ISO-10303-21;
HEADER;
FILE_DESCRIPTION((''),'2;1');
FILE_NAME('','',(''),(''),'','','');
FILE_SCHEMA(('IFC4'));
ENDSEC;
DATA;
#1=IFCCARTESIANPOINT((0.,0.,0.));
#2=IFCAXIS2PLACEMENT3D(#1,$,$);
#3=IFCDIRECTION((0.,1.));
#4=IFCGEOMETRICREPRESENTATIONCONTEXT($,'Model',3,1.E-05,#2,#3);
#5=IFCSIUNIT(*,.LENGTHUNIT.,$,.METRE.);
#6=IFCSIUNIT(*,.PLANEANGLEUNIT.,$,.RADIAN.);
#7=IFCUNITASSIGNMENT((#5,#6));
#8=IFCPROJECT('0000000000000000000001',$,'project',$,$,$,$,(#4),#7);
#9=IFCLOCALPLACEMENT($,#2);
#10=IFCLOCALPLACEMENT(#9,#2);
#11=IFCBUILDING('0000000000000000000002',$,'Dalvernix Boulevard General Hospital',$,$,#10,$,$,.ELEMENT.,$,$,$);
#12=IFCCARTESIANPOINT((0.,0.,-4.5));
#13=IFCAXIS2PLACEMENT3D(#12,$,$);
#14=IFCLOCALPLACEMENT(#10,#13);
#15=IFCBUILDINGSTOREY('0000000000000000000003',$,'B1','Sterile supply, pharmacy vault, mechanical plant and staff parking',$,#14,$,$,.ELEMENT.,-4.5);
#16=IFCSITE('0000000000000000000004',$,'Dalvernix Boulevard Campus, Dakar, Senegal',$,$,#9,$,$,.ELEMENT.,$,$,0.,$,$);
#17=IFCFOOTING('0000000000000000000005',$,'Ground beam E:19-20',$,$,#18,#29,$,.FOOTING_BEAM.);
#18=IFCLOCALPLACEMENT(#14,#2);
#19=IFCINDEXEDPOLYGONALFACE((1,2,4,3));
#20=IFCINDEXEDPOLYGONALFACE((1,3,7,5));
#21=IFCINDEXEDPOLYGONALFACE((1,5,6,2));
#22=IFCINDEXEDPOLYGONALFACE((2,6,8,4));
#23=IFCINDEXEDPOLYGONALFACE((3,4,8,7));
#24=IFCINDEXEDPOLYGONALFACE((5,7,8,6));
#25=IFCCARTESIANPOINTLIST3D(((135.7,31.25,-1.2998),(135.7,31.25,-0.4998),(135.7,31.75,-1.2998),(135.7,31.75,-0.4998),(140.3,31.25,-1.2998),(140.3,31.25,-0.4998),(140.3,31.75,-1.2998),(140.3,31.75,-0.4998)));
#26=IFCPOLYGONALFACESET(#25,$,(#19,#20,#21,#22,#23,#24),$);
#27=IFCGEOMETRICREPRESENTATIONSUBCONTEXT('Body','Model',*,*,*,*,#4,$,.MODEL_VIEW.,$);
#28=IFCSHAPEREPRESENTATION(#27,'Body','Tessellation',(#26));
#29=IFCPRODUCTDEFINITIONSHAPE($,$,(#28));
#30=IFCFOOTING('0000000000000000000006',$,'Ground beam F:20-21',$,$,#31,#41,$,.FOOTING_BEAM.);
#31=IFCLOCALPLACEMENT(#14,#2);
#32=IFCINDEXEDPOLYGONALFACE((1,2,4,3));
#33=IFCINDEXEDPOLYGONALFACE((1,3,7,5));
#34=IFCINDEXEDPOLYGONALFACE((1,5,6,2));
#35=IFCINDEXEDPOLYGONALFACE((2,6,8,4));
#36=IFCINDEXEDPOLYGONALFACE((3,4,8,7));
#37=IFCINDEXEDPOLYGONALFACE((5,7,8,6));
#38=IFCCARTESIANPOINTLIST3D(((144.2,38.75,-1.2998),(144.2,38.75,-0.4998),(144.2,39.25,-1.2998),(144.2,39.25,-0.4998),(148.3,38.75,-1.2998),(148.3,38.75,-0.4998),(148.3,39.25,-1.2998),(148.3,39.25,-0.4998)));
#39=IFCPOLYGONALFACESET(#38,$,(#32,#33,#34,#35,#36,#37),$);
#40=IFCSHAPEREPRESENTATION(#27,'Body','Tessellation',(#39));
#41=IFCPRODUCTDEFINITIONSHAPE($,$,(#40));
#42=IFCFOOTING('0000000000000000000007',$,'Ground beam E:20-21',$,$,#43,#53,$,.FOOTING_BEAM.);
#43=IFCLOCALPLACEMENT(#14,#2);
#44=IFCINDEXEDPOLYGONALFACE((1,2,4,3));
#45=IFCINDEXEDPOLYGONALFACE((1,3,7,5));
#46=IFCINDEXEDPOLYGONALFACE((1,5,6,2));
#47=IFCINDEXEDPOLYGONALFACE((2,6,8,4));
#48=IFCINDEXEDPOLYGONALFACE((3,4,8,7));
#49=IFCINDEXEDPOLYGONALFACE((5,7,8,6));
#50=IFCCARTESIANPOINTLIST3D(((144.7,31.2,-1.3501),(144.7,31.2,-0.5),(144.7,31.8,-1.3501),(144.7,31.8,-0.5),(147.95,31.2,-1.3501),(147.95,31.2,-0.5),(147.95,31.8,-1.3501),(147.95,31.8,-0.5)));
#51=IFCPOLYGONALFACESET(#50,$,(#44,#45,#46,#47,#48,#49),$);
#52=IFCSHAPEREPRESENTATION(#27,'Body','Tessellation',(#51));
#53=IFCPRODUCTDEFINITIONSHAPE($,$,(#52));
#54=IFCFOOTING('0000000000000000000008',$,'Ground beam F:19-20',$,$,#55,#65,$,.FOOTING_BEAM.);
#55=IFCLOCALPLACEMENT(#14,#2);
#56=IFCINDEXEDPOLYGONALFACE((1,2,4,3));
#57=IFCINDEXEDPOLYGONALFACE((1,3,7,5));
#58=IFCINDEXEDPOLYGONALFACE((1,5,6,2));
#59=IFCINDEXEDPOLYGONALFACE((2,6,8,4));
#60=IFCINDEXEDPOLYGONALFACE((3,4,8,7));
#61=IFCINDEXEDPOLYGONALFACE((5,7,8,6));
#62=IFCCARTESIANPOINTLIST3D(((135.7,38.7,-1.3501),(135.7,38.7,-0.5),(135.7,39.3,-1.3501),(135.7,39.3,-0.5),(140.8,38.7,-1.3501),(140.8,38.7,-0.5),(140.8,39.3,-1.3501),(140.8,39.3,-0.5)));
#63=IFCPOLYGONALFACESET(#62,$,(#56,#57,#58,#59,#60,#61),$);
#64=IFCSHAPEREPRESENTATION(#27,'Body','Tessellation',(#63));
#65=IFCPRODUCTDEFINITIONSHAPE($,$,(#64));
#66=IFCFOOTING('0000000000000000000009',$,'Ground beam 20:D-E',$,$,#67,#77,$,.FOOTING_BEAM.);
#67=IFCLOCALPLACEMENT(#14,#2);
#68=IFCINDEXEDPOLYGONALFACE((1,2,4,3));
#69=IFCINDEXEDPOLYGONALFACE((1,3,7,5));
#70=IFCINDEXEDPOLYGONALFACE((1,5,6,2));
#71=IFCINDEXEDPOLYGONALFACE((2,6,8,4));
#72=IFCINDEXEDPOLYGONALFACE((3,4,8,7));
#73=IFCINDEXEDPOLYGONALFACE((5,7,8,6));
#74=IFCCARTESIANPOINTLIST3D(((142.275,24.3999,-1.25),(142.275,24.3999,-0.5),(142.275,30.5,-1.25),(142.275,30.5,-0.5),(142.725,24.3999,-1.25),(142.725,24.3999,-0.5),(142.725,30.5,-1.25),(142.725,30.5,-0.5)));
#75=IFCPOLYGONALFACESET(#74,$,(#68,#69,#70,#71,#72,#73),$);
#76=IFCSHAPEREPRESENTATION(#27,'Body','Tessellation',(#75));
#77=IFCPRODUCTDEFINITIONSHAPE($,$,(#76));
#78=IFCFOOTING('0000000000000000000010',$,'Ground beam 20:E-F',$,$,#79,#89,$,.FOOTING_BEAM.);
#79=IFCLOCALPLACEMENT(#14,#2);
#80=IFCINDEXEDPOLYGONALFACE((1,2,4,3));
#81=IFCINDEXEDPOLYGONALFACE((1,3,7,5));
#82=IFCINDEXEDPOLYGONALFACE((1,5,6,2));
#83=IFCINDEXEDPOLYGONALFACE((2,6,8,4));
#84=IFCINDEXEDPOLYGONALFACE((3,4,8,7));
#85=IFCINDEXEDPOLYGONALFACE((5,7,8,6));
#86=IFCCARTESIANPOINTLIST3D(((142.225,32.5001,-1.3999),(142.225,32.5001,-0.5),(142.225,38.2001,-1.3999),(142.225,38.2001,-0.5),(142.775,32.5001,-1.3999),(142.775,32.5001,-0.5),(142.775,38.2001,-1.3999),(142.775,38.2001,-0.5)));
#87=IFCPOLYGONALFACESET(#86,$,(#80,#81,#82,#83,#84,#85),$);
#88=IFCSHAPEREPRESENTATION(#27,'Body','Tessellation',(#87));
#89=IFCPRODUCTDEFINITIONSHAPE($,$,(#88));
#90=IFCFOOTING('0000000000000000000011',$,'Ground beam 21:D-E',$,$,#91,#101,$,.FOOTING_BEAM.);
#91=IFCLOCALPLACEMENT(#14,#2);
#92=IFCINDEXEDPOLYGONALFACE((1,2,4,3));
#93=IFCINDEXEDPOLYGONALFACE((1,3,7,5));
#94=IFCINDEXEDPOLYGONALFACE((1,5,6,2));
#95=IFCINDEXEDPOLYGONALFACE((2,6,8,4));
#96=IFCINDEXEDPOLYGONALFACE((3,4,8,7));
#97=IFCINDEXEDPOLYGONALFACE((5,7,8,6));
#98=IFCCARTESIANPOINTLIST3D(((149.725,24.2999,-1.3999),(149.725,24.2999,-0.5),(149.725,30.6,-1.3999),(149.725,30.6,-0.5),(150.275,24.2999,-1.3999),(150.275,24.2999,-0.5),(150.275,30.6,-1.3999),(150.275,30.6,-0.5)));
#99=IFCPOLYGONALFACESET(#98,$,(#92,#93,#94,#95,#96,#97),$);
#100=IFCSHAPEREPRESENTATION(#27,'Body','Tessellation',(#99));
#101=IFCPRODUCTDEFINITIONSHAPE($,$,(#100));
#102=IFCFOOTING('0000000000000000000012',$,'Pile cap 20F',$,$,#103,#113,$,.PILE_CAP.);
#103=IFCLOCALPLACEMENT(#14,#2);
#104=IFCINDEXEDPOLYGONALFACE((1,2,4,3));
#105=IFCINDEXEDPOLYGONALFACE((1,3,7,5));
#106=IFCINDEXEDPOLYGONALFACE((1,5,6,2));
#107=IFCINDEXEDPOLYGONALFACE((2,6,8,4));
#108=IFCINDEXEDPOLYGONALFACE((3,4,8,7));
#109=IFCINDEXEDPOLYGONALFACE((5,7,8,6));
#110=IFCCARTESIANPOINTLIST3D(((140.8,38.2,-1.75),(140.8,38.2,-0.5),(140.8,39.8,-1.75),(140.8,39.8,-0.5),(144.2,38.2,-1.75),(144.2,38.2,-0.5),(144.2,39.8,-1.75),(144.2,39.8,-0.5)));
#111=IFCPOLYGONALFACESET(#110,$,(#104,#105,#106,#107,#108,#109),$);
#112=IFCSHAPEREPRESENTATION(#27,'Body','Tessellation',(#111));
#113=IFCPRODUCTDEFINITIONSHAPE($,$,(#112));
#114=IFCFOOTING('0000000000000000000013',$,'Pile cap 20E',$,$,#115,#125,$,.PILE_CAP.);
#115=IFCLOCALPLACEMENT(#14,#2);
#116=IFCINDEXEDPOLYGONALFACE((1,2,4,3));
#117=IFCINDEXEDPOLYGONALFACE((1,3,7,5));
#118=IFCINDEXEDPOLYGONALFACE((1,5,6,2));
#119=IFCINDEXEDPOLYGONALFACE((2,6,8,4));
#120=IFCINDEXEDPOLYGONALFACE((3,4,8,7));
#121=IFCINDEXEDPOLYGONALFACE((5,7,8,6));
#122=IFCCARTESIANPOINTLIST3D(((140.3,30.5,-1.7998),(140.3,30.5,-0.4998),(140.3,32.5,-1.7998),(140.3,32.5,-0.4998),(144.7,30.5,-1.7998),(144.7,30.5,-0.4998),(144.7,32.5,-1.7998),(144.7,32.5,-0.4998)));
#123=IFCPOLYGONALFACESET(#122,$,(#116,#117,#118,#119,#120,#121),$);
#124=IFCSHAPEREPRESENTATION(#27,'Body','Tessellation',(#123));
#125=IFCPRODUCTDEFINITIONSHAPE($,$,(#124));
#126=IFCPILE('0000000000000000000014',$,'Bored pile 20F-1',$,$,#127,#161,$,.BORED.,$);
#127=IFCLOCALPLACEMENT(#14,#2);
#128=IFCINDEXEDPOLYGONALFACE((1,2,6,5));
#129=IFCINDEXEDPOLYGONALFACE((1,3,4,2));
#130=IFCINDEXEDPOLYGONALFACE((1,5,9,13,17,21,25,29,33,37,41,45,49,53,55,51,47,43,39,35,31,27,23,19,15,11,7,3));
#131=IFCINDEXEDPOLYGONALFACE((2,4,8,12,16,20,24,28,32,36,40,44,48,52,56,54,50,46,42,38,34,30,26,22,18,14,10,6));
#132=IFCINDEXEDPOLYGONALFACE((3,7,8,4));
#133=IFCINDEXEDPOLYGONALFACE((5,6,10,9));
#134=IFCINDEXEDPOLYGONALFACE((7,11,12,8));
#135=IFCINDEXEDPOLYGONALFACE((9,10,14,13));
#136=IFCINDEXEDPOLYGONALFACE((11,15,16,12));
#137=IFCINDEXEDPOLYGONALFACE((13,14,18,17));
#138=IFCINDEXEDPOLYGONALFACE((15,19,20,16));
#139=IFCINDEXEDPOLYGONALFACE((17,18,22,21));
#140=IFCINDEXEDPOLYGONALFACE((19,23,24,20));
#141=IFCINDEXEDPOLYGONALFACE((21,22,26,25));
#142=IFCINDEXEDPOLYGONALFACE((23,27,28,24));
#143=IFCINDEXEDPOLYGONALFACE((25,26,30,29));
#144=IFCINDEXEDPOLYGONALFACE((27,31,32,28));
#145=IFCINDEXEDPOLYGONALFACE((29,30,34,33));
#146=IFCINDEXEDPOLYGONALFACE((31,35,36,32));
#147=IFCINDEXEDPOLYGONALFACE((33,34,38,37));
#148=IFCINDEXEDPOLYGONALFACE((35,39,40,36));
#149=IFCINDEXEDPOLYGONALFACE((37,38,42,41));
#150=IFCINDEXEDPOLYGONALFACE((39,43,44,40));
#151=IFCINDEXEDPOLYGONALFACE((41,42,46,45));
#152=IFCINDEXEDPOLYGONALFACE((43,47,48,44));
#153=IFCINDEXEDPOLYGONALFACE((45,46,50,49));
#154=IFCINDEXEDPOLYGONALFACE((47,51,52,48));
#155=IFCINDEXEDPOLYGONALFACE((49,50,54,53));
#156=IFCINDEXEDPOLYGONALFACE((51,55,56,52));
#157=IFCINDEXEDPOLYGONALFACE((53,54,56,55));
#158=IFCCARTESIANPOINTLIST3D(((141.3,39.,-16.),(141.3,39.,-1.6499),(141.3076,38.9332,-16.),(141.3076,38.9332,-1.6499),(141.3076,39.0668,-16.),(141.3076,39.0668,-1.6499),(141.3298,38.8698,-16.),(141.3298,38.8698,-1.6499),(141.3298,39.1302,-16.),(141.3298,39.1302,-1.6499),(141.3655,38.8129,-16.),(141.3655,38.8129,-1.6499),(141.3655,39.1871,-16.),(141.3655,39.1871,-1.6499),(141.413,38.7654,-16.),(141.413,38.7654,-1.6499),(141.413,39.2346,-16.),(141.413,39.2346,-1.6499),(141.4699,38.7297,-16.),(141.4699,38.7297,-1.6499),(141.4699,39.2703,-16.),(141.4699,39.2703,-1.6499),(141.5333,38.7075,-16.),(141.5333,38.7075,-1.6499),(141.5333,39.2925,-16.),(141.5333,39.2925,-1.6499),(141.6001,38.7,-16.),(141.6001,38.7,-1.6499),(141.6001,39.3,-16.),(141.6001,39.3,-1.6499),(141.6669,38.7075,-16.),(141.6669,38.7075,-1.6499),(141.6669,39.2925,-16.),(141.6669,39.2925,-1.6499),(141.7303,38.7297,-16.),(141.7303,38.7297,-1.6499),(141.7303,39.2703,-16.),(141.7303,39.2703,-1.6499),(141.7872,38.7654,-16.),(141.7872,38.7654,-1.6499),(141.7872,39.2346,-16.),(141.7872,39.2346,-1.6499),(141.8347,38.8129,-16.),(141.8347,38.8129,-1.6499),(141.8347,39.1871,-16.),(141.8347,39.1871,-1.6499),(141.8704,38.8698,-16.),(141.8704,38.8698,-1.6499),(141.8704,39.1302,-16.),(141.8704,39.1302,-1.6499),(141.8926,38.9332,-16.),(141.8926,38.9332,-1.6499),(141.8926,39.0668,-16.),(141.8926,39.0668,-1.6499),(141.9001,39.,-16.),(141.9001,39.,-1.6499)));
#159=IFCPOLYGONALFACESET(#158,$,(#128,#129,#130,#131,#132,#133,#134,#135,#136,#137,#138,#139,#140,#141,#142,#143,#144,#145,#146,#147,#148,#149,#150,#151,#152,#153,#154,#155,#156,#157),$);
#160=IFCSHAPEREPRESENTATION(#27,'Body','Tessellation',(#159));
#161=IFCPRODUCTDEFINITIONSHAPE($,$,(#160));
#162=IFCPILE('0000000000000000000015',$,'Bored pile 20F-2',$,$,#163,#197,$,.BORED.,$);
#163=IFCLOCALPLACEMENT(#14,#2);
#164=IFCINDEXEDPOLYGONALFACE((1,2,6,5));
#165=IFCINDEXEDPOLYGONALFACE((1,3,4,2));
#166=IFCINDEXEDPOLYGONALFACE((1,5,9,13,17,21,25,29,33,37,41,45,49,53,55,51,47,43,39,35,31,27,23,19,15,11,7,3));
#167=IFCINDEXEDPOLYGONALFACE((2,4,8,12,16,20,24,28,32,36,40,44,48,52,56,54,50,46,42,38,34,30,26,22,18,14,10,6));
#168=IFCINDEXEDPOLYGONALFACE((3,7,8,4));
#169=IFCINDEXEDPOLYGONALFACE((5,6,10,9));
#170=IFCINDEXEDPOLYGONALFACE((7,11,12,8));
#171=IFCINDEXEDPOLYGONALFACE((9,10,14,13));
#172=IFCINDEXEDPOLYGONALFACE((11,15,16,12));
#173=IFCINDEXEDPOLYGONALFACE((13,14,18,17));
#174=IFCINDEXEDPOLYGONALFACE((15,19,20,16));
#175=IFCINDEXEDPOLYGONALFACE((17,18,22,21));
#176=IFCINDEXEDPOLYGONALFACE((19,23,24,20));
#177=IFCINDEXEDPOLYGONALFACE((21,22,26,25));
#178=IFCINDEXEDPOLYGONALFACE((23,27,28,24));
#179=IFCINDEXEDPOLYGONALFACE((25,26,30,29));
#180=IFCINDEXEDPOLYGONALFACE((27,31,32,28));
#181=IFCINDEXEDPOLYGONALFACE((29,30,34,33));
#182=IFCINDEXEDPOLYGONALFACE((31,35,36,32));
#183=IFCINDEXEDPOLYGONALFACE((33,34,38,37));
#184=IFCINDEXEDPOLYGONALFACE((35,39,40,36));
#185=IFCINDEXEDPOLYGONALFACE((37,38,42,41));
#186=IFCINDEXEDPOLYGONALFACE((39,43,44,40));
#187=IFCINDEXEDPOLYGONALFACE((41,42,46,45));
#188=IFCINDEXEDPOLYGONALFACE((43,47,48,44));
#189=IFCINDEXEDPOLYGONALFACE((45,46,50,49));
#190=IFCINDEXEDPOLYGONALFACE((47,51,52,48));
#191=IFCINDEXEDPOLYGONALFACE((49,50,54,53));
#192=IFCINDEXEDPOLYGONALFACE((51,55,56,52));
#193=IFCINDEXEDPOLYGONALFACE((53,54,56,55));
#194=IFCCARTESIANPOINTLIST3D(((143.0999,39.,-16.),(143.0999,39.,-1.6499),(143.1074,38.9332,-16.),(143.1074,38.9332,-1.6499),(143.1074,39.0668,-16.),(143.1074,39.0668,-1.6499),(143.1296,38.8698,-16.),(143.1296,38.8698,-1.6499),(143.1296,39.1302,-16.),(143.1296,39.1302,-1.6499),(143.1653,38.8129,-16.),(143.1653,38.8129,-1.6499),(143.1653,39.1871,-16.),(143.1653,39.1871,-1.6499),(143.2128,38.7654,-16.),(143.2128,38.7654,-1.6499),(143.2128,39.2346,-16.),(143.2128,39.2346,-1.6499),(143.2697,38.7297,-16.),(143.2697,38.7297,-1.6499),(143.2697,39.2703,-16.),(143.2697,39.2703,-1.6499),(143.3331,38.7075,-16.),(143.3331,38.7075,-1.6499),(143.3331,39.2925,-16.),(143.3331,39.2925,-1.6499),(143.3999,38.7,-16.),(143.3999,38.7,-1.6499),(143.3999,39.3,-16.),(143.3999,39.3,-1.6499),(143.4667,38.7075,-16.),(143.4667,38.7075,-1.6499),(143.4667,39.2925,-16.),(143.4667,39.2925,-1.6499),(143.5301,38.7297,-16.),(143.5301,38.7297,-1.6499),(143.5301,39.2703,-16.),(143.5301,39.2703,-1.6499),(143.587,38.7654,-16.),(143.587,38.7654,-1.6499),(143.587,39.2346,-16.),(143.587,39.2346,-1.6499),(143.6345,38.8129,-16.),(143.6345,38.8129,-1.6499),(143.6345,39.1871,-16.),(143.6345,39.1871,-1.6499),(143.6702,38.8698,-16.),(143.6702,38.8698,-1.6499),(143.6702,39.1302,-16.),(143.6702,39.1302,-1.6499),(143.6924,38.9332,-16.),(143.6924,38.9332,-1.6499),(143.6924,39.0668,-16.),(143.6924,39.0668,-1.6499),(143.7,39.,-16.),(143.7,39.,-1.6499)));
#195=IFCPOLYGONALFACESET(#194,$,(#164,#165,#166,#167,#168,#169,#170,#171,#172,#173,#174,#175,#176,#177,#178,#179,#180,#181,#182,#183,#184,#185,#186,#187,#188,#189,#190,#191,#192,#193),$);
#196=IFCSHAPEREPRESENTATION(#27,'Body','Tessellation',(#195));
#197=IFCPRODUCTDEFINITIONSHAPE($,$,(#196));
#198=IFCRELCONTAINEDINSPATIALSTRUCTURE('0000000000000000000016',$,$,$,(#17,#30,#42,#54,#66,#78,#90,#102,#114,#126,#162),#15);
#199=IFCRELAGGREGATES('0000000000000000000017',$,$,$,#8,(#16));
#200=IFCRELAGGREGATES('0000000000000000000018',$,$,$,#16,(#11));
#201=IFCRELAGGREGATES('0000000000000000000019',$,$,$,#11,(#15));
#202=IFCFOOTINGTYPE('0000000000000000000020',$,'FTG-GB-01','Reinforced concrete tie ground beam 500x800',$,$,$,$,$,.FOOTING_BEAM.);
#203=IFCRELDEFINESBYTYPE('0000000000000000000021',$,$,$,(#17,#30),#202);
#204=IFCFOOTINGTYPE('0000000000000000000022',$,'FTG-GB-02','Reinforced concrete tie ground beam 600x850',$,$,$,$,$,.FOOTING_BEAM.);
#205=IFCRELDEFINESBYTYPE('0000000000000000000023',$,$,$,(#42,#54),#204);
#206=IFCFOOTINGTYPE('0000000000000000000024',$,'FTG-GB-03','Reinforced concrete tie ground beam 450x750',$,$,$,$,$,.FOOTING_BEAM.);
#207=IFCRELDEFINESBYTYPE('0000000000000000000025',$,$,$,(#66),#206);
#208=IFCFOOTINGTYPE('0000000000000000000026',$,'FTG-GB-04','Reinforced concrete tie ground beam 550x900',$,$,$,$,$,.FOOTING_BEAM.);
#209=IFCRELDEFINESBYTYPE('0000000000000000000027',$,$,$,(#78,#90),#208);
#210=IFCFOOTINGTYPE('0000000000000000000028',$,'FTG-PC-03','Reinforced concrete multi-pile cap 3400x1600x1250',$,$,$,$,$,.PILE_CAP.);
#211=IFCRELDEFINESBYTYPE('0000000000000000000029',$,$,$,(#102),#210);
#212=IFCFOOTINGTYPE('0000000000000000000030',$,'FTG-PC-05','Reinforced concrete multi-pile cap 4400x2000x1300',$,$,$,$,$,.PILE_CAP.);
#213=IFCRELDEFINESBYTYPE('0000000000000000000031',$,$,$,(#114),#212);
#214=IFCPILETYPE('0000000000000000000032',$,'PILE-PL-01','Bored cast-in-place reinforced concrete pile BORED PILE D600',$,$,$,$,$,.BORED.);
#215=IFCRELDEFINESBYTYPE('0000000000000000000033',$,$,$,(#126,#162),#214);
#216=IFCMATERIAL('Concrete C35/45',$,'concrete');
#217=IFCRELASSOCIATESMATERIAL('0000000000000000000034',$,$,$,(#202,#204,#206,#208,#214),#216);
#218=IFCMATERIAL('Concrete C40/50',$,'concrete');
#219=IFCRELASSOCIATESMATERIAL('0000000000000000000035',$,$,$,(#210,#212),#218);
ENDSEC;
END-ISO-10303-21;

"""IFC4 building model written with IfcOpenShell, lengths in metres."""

from ifc_helpers import new_model, si_unit, direction, frame, origin, origin_2d, place, context, subcontext, project, spatial, rectangle, circle, extrude, material, material_profile, profile_set, type_object, element, save


model = new_model("IFC4")

# Units and contexts
model_context = context("Model", 3, precision=1e-05, world=origin(), true_north=direction((0.0, 1.0)))
body_context = subcontext(model_context, "Body", "Model", "MODEL_VIEW")
ifc_project = project(units=[si_unit("LENGTHUNIT", "METRE"), si_unit("PLANEANGLEUNIT", "RADIAN")], contexts=[model_context])

# Site, building, storey
site_placement = place(None, origin())
site = spatial("IfcSite", under=ifc_project, at=site_placement, Name="Dalvernix Boulevard Campus, Dakar, Senegal", CompositionType="ELEMENT", RefElevation=0.0)
building_placement = place(site_placement, origin())
building = spatial("IfcBuilding", under=site, at=building_placement, Name="Dalvernix Boulevard General Hospital", CompositionType="ELEMENT")
storey_placement = place(building_placement, frame((0.0, 0.0, -4.5)))
storey = spatial("IfcBuildingStorey", under=building, at=storey_placement, Name="B1", Description="Sterile supply, pharmacy vault, mechanical plant and staff parking", CompositionType="ELEMENT", Elevation=-4.5)

# Footings
ifc_material_1 = material(Name="Concrete C35/45", Category="concrete")
footing_type_1 = type_object("IfcFootingType", Name="FTG-GB-01", Description="Reinforced concrete tie ground beam 500x800", PredefinedType="FOOTING_BEAM", material=ifc_material_1)
footing_1_placement = place(storey_placement, frame((138.0, 31.5, -1.2998), z_axis=(0.0, 0.0, 1.0), x_axis=(1.0, 0.0, 0.0)))
element("IfcFooting", 1, at=footing_1_placement, inside=storey, type_object=footing_type_1, Name="Ground beam E:19-20", PredefinedType="FOOTING_BEAM", context=body_context, shape_type="SweptSolid", body=[
    extrude(rectangle(XDim=4.6001, YDim=0.5, at=origin_2d()), origin(), (0.0, 0.0, 1.0), 0.8),
])
footing_2_placement = place(storey_placement, frame((146.25, 39.0, -1.2998), z_axis=(0.0, 0.0, 1.0), x_axis=(1.0, 0.0, 0.0)))
element("IfcFooting", 2, at=footing_2_placement, inside=storey, type_object=footing_type_1, Name="Ground beam F:20-21", PredefinedType="FOOTING_BEAM", context=body_context, shape_type="SweptSolid", body=[
    extrude(rectangle(XDim=4.1001, YDim=0.5, at=origin_2d()), origin(), (0.0, 0.0, 1.0), 0.8),
])
footing_type_2 = type_object("IfcFootingType", Name="FTG-GB-02", Description="Reinforced concrete tie ground beam 600x850", PredefinedType="FOOTING_BEAM", material=ifc_material_1)
footing_3_placement = place(storey_placement, frame((146.325, 31.5, -1.3501), z_axis=(0.0, 0.0, 1.0), x_axis=(1.0, 0.0, 0.0)))
element("IfcFooting", 3, at=footing_3_placement, inside=storey, type_object=footing_type_2, Name="Ground beam E:20-21", PredefinedType="FOOTING_BEAM", context=body_context, shape_type="SweptSolid", body=[
    extrude(rectangle(XDim=3.25, YDim=0.6001, at=origin_2d()), origin(), (0.0, 0.0, 1.0), 0.8501),
])
footing_4_placement = place(storey_placement, frame((138.25, 39.0, -1.3501), z_axis=(0.0, 0.0, 1.0), x_axis=(1.0, 0.0, 0.0)))
element("IfcFooting", 4, at=footing_4_placement, inside=storey, type_object=footing_type_2, Name="Ground beam F:19-20", PredefinedType="FOOTING_BEAM", context=body_context, shape_type="SweptSolid", body=[
    extrude(rectangle(XDim=5.1001, YDim=0.6001, at=origin_2d()), origin(), (0.0, 0.0, 1.0), 0.8501),
])
footing_type_3 = type_object("IfcFootingType", Name="FTG-GB-03", Description="Reinforced concrete tie ground beam 450x750", PredefinedType="FOOTING_BEAM", material=ifc_material_1)
footing_5_placement = place(storey_placement, frame((142.5, 27.45, -1.25), z_axis=(0.0, 0.0, 1.0), x_axis=(0.0, 1.0, 0.0)))
element("IfcFooting", 5, at=footing_5_placement, inside=storey, type_object=footing_type_3, Name="Ground beam 20:D-E", PredefinedType="FOOTING_BEAM", context=body_context, shape_type="SweptSolid", body=[
    extrude(rectangle(XDim=6.1001, YDim=0.45, at=origin_2d()), origin(), (0.0, 0.0, 1.0), 0.75),
])
footing_type_4 = type_object("IfcFootingType", Name="FTG-GB-04", Description="Reinforced concrete tie ground beam 550x900", PredefinedType="FOOTING_BEAM", material=ifc_material_1)
footing_6_placement = place(storey_placement, frame((142.5, 35.3501, -1.3999), z_axis=(0.0, 0.0, 1.0), x_axis=(0.0, 1.0, 0.0)))
element("IfcFooting", 6, at=footing_6_placement, inside=storey, type_object=footing_type_4, Name="Ground beam 20:E-F", PredefinedType="FOOTING_BEAM", context=body_context, shape_type="SweptSolid", body=[
    extrude(rectangle(XDim=5.7, YDim=0.55, at=origin_2d()), origin(), (0.0, 0.0, 1.0), 0.8999),
])
footing_7_placement = place(storey_placement, frame((150.0, 27.45, -1.3999), z_axis=(0.0, 0.0, 1.0), x_axis=(0.0, 1.0, 0.0)))
element("IfcFooting", 7, at=footing_7_placement, inside=storey, type_object=footing_type_4, Name="Ground beam 21:D-E", PredefinedType="FOOTING_BEAM", context=body_context, shape_type="SweptSolid", body=[
    extrude(rectangle(XDim=6.3, YDim=0.55, at=origin_2d()), origin(), (0.0, 0.0, 1.0), 0.8999),
])
ifc_material_2 = material(Name="Concrete C40/50", Category="concrete")
footing_type_5 = type_object("IfcFootingType", Name="FTG-PC-03", Description="Reinforced concrete multi-pile cap 3400x1600x1250", PredefinedType="PILE_CAP", material=ifc_material_2)
footing_8_placement = place(storey_placement, frame((142.5, 39.0, -1.75), z_axis=(0.0, 0.0, 1.0), x_axis=(1.0, 0.0, 0.0)))
element("IfcFooting", 8, at=footing_8_placement, inside=storey, type_object=footing_type_5, Name="Pile cap 20F", PredefinedType="PILE_CAP", context=body_context, shape_type="SweptSolid", body=[
    extrude(rectangle(XDim=3.3999, YDim=1.6001, at=origin_2d()), origin(), (0.0, 0.0, 1.0), 1.25),
])
footing_type_6 = type_object("IfcFootingType", Name="FTG-PC-05", Description="Reinforced concrete multi-pile cap 4400x2000x1300", PredefinedType="PILE_CAP", material=ifc_material_2)
footing_9_placement = place(storey_placement, frame((142.5, 31.5, -1.7998), z_axis=(0.0, 0.0, 1.0), x_axis=(1.0, 0.0, 0.0)))
element("IfcFooting", 9, at=footing_9_placement, inside=storey, type_object=footing_type_6, Name="Pile cap 20E", PredefinedType="PILE_CAP", context=body_context, shape_type="SweptSolid", body=[
    extrude(rectangle(XDim=4.3999, YDim=2.0, at=origin_2d()), origin(), (0.0, 0.0, 1.0), 1.3),
])

# Piles
ifc_material_profile_1 = material_profile(ifc_material_1, circle(Radius=0.3, at=origin_2d()), Name="BORED PILE D600")
ifc_profile_set_1 = profile_set([ifc_material_profile_1], Name="Concrete C35/45")
pile_type_1 = type_object("IfcPileType", Name="PILE-PL-01", Description="Bored cast-in-place reinforced concrete pile BORED PILE D600", PredefinedType="BORED", material=ifc_profile_set_1)
for number, where, z_axis, x_axis, name in (
    (10, (141.6001, 39.0, -1.6499), (0.0, 0.0, -1.0), (1.0, 0.0, 0.0), "Bored pile 20F-1"),
    (11, (143.3999, 39.0, -1.6499), (0.0, 0.0, -1.0), (1.0, 0.0, 0.0), "Bored pile 20F-2"),
):
    element("IfcPile", number, at=place(storey_placement, frame(where, z_axis=z_axis, x_axis=x_axis)), inside=storey, type_object=pile_type_1, Name=name, PredefinedType="BORED", context=body_context, shape_type="SweptSolid", body=[
        extrude(circle(Radius=0.3, at=origin_2d()), origin(), (0.0, 0.0, 1.0), 14.3501),
    ])

save(model, "model.ifc")
